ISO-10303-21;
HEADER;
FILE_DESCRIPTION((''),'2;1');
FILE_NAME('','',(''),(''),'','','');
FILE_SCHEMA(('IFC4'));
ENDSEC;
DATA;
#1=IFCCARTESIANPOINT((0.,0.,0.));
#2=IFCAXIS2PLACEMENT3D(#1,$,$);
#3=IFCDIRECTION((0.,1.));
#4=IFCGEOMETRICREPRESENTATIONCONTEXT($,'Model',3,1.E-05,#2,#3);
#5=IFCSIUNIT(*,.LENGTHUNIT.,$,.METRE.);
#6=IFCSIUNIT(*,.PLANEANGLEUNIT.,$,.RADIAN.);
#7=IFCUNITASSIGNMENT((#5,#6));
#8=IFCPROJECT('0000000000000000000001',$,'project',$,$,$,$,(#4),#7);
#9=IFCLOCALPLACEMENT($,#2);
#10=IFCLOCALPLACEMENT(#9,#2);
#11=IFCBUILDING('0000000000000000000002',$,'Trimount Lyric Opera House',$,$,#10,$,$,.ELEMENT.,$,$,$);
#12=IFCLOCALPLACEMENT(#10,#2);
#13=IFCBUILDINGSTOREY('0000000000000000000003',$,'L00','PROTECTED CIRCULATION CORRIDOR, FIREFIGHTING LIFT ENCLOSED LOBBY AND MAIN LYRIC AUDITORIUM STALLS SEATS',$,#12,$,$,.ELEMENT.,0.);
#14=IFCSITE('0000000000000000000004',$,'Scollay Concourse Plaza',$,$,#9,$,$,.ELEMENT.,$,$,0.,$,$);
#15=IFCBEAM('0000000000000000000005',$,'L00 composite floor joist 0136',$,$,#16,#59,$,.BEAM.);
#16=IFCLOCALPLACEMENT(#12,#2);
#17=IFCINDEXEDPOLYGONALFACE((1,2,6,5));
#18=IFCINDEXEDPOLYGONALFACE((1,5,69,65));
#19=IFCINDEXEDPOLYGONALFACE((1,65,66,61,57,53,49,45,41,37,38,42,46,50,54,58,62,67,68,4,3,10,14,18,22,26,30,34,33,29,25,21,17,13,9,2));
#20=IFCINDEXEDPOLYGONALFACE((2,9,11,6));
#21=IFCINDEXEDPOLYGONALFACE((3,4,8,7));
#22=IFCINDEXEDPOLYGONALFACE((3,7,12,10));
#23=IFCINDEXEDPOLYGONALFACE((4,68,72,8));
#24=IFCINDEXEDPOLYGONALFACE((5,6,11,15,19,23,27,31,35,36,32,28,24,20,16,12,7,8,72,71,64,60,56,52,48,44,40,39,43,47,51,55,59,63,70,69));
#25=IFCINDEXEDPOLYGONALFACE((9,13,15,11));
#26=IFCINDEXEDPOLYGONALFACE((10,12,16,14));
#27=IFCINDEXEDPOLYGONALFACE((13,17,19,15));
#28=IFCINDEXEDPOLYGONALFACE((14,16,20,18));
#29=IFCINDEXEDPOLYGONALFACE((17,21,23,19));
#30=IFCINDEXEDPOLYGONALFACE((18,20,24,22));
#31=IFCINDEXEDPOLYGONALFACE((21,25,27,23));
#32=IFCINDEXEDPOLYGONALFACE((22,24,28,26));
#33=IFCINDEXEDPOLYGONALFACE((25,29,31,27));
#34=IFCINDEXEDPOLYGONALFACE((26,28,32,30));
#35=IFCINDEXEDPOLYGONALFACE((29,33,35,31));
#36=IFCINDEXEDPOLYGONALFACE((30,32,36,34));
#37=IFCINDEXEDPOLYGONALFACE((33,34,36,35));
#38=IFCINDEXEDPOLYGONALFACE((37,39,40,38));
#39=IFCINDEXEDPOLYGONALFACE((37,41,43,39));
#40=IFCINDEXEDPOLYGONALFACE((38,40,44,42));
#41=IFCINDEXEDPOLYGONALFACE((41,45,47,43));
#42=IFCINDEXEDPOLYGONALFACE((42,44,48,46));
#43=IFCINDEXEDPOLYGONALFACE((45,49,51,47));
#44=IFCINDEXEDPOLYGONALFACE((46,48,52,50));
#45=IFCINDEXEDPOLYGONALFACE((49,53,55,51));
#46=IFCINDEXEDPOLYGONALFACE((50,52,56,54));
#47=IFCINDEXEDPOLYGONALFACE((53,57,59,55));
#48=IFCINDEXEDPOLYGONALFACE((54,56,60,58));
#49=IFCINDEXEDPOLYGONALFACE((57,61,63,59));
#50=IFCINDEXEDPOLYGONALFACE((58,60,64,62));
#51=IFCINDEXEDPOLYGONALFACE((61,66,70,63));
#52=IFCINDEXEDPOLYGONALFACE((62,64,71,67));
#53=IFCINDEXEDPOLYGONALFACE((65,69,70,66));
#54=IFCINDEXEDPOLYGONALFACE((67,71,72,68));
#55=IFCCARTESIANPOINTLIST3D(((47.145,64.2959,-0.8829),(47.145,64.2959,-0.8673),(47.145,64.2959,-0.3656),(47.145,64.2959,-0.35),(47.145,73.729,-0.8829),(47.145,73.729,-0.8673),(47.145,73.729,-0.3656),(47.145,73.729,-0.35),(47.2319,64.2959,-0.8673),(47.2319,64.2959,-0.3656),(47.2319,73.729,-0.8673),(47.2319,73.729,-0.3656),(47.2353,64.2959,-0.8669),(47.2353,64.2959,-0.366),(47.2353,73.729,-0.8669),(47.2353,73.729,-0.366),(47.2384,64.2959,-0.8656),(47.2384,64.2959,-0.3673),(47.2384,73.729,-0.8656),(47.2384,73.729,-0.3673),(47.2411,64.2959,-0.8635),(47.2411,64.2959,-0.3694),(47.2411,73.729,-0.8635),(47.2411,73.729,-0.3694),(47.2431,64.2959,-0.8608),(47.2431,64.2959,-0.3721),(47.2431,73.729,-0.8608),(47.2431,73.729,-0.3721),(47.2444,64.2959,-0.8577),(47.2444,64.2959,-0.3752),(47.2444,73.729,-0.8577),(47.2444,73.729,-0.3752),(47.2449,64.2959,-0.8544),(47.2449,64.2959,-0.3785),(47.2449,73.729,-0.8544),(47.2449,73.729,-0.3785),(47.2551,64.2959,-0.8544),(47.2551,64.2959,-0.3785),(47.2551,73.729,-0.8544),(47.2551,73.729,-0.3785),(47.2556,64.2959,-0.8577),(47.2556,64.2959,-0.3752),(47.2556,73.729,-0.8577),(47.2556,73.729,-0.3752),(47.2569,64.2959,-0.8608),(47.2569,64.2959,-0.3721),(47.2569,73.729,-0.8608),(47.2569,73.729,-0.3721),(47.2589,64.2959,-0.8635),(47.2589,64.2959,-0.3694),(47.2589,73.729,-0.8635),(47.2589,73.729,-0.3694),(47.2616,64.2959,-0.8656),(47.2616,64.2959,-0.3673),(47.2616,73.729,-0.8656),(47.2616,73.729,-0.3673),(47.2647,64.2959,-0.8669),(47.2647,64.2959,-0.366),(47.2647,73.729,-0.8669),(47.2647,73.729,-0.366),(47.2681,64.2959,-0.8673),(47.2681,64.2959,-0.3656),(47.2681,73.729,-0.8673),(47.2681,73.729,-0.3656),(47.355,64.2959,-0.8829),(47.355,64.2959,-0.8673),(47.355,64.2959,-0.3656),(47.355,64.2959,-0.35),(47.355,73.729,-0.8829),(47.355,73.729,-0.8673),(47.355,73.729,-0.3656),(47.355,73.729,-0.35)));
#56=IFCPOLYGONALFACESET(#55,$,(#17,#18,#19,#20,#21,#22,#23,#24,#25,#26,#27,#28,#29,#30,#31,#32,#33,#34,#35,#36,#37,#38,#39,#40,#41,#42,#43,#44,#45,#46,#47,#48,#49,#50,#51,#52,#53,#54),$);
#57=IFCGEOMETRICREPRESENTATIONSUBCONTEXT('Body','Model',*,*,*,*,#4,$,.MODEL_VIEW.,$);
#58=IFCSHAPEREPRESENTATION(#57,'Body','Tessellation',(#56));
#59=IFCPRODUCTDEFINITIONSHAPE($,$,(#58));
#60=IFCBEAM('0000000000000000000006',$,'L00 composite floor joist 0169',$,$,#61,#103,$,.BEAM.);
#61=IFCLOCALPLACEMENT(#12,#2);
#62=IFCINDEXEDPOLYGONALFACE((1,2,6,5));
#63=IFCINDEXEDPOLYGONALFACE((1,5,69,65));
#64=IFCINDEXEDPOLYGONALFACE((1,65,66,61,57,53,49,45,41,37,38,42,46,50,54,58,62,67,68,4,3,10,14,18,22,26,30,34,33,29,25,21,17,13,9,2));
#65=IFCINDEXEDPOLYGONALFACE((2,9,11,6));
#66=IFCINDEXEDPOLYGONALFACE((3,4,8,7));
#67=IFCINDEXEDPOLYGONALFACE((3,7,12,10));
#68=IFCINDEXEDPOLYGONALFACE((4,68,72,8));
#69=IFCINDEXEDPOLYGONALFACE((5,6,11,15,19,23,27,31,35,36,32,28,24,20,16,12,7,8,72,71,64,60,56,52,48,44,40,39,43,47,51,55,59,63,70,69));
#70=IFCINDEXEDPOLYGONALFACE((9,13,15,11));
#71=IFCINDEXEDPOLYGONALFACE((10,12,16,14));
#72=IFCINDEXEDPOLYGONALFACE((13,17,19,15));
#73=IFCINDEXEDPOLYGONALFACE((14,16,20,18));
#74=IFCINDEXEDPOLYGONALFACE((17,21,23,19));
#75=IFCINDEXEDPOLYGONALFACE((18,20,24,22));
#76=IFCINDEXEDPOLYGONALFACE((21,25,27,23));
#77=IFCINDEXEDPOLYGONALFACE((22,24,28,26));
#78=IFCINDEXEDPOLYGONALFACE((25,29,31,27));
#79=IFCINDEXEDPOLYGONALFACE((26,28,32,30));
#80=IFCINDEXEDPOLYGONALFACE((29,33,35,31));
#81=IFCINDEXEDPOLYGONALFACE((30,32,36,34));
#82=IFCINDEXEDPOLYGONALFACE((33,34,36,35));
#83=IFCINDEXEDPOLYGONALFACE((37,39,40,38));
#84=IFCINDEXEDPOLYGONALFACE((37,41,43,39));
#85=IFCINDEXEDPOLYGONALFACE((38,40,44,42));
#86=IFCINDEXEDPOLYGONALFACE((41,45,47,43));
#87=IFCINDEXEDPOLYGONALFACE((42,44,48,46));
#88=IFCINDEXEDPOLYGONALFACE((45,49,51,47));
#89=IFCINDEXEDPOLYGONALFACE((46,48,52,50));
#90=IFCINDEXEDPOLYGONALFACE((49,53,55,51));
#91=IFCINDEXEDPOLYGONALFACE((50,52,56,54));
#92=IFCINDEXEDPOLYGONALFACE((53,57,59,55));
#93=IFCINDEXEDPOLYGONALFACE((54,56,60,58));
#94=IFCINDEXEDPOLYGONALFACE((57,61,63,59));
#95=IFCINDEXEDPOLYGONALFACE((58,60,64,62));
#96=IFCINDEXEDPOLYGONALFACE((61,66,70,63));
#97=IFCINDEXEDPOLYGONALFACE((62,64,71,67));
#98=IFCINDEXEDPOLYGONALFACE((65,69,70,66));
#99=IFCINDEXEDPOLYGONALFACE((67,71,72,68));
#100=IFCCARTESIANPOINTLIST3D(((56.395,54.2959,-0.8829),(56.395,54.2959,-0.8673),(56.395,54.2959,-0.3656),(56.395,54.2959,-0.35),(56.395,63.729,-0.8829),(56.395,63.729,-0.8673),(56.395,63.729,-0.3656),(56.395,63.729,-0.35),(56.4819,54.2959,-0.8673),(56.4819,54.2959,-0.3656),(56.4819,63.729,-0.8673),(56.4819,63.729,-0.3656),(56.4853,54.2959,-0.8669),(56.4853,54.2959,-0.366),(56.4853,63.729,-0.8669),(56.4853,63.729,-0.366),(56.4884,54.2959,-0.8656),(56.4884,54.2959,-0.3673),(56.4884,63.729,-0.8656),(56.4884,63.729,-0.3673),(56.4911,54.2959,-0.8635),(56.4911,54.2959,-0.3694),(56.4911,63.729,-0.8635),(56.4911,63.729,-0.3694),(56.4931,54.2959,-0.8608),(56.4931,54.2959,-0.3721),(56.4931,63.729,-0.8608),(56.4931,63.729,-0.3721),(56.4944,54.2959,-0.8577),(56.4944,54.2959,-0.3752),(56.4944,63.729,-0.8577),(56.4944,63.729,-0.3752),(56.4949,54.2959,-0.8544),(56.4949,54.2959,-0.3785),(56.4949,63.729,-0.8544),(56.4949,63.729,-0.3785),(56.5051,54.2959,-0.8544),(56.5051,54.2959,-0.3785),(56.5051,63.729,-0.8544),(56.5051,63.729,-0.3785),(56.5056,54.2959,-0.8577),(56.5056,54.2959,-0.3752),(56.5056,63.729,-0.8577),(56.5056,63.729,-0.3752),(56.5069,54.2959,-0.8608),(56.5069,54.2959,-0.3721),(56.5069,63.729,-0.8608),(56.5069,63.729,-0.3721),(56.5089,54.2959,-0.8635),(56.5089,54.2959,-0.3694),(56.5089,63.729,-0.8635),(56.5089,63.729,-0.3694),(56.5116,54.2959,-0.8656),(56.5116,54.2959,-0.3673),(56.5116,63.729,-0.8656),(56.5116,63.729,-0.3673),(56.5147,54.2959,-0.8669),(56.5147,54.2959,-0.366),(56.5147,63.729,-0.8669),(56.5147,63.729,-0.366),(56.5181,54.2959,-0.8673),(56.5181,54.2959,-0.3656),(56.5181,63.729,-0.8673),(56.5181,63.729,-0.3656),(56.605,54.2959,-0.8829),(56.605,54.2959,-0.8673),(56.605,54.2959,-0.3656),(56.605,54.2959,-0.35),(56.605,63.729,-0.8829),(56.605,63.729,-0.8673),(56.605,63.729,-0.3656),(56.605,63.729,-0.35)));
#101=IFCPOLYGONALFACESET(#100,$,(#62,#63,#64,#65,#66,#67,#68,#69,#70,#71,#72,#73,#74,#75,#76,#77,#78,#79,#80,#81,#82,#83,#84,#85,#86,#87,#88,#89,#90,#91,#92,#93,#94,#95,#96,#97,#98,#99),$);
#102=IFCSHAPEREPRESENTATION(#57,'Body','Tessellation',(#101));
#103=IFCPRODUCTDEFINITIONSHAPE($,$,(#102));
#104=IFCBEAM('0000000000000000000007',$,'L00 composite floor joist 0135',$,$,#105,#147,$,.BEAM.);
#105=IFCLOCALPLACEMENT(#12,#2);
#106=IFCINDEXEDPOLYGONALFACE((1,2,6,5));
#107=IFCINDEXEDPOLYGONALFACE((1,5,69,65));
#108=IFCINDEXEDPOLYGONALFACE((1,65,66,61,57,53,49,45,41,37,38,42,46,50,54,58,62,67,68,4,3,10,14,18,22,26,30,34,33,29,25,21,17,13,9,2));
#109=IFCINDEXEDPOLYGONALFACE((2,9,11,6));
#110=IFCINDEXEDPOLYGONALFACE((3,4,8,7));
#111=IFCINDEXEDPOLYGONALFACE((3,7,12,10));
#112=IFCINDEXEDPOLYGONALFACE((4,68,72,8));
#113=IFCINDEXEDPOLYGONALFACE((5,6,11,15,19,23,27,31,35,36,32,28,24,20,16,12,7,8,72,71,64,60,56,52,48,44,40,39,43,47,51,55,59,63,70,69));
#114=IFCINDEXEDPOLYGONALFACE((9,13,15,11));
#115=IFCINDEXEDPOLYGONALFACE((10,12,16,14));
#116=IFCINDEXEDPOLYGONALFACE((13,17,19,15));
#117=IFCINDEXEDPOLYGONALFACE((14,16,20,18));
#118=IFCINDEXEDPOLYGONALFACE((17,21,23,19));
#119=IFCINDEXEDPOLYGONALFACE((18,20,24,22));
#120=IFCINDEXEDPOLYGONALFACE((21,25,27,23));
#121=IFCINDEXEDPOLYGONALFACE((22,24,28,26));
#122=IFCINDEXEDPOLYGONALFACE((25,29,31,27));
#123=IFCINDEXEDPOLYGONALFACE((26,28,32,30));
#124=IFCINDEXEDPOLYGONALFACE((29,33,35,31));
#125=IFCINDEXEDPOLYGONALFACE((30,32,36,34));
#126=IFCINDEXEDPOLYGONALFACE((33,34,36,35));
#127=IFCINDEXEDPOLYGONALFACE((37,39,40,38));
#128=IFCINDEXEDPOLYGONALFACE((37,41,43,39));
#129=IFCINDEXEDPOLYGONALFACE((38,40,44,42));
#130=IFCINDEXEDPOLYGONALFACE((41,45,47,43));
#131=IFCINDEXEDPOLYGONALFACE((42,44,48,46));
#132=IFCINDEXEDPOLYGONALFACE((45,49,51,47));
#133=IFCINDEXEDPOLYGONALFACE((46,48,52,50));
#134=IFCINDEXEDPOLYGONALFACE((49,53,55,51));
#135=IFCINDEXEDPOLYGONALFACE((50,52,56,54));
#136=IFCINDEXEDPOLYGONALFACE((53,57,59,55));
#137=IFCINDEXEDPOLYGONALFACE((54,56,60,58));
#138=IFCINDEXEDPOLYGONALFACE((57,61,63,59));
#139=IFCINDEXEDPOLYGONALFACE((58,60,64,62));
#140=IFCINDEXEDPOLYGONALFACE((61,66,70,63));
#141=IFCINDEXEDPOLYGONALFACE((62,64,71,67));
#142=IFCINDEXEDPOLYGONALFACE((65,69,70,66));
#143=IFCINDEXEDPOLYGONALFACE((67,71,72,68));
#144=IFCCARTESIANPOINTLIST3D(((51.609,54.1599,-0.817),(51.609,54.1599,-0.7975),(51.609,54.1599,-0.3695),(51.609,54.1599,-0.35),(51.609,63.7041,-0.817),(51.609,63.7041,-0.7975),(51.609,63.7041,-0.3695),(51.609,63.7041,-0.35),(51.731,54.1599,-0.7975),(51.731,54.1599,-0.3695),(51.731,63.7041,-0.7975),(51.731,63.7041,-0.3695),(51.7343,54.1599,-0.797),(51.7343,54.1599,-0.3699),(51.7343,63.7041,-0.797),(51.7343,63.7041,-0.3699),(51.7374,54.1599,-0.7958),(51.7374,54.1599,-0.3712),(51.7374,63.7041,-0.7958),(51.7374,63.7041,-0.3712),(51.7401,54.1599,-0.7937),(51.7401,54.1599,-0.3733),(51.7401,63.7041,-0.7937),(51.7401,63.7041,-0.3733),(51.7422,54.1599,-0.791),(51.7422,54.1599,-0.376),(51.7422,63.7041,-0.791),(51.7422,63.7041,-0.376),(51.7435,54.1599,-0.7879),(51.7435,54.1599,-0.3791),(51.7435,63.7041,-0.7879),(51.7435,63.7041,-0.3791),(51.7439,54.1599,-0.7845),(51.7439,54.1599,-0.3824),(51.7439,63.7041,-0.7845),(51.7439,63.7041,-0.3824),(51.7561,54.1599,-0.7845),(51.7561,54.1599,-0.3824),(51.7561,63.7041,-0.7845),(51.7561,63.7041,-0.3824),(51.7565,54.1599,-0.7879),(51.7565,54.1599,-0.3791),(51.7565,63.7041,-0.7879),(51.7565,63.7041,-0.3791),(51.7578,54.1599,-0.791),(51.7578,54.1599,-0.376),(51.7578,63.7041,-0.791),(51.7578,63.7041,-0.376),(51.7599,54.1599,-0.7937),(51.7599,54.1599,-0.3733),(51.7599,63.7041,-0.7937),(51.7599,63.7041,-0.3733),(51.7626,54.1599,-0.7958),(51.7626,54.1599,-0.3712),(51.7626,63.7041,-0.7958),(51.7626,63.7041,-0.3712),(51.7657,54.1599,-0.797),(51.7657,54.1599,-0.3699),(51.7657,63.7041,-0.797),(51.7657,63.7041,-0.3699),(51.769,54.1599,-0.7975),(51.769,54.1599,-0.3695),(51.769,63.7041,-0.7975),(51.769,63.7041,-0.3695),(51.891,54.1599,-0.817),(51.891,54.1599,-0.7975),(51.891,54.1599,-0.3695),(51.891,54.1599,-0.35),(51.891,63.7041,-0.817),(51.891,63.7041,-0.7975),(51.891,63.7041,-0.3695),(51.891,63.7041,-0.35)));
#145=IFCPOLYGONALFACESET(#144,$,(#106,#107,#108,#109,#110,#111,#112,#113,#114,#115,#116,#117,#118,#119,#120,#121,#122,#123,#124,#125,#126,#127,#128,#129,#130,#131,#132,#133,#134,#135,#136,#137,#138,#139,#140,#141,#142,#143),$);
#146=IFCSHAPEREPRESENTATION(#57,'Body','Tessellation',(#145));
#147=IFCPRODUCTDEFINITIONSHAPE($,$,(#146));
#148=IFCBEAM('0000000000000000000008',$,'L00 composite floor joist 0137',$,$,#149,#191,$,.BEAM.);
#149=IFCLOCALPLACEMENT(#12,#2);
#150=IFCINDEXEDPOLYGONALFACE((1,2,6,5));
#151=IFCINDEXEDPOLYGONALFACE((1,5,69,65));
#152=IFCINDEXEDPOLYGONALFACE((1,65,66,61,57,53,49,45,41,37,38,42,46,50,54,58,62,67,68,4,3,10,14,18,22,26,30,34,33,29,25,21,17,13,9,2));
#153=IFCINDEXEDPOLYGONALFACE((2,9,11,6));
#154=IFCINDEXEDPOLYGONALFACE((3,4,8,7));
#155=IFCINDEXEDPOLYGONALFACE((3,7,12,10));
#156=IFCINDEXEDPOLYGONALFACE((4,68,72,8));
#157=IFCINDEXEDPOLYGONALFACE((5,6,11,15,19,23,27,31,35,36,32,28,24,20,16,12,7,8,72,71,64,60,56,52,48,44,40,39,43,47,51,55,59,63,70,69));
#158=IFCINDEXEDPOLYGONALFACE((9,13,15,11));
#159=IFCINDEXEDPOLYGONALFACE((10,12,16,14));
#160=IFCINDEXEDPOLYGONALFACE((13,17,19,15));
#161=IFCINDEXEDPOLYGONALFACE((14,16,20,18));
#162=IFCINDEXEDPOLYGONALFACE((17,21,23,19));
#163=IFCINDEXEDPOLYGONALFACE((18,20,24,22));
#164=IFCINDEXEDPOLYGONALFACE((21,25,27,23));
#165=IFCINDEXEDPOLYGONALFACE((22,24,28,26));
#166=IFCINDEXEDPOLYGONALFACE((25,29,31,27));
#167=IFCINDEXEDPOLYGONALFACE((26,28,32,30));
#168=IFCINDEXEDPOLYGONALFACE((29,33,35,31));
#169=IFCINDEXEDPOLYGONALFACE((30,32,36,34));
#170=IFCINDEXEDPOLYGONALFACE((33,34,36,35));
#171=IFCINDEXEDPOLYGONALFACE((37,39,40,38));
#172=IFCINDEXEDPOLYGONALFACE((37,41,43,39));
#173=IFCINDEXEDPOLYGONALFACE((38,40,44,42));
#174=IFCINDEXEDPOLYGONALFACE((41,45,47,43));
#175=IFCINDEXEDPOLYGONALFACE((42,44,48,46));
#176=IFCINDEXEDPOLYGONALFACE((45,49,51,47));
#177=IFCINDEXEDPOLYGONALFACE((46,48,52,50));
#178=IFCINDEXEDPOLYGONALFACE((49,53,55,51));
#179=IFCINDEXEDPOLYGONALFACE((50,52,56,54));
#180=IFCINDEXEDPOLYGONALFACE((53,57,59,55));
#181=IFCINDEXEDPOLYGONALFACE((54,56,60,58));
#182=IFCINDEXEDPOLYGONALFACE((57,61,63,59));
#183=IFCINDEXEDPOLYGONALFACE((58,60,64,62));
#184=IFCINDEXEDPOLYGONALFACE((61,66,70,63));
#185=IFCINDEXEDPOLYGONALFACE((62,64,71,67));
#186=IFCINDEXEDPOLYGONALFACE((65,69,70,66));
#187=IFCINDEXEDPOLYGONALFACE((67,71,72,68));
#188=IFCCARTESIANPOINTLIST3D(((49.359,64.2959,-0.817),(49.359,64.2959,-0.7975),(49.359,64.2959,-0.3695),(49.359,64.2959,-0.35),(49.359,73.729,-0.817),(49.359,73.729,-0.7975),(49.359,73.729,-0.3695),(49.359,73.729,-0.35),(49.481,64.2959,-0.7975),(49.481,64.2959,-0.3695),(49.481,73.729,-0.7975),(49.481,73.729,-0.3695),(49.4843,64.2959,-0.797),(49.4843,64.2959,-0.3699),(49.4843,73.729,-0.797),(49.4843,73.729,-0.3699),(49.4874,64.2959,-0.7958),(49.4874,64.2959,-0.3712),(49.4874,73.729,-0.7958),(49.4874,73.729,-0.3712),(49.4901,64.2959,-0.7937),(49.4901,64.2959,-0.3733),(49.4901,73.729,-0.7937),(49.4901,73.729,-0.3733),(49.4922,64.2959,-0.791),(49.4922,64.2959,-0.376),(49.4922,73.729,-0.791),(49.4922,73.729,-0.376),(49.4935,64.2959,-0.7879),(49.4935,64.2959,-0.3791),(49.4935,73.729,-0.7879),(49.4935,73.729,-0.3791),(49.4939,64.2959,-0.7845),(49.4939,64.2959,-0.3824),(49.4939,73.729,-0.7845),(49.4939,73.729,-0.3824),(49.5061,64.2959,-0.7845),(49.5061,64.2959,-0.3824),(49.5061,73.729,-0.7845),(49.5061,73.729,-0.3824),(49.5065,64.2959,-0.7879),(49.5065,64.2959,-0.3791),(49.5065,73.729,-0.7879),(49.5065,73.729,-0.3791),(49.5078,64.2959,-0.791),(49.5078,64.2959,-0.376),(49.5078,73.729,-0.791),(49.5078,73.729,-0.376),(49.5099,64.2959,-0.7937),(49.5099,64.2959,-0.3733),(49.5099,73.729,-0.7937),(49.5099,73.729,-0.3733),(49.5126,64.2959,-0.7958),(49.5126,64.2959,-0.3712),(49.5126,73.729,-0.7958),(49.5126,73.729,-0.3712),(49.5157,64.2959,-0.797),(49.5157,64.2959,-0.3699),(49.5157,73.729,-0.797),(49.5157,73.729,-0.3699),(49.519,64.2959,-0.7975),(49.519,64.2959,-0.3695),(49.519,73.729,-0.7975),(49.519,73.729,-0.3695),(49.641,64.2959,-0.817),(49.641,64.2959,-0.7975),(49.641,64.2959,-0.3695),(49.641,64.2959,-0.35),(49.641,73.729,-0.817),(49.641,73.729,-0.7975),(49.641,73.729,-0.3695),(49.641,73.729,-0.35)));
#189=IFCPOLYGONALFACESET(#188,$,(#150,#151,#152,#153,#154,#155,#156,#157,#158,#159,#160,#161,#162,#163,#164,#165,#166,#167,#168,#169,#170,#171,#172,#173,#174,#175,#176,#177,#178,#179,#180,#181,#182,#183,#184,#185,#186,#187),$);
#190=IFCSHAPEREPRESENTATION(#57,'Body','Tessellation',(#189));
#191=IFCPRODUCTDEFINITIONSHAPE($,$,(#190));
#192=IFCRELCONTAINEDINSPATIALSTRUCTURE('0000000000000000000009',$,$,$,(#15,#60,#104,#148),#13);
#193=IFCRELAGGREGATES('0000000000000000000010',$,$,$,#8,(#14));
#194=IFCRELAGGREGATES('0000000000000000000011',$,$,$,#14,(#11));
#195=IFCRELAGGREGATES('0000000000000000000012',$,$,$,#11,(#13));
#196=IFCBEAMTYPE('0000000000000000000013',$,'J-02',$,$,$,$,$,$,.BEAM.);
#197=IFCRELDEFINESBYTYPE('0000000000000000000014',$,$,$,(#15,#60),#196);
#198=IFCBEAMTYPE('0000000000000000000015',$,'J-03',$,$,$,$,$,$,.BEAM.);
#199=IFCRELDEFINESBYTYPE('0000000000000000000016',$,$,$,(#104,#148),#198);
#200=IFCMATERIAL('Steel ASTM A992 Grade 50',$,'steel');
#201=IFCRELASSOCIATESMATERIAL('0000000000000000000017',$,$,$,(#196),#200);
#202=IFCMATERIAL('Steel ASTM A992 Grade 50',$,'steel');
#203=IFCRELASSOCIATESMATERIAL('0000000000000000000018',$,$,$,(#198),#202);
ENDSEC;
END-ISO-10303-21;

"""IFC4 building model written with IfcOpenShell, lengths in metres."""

from ifc_helpers import new_model, si_unit, direction, frame, origin, origin_2d, place, context, subcontext, project, spatial, i_section, extrude, material, material_profile, profile_set, type_object, element, save


model = new_model("IFC4")

# Units and contexts
model_context = context("Model", 3, precision=1e-05, world=origin(), true_north=direction((0.0, 1.0)))
body_context = subcontext(model_context, "Body", "Model", "MODEL_VIEW")
ifc_project = project(units=[si_unit("LENGTHUNIT", "METRE"), si_unit("PLANEANGLEUNIT", "RADIAN")], contexts=[model_context])

# Site, building, storey
site_placement = place(None, origin())
site = spatial("IfcSite", under=ifc_project, at=site_placement, Name="Scollay Concourse Plaza", CompositionType="ELEMENT", RefElevation=0.0)
building_placement = place(site_placement, origin())
building = spatial("IfcBuilding", under=site, at=building_placement, Name="Trimount Lyric Opera House", CompositionType="ELEMENT")
storey_placement = place(building_placement, origin())
storey = spatial("IfcBuildingStorey", under=building, at=storey_placement, Name="L00", Description="PROTECTED CIRCULATION CORRIDOR, FIREFIGHTING LIFT ENCLOSED LOBBY AND MAIN LYRIC AUDITORIUM STALLS SEATS", CompositionType="ELEMENT", Elevation=0.0)

# Beams
ifc_material_1 = material(Name="Steel ASTM A992 Grade 50", Category="steel")
ifc_material_profile_1 = material_profile(ifc_material_1, i_section(OverallWidth=0.21, OverallDepth=0.533, WebThickness=0.0103, FlangeThickness=0.0156, FilletRadius=0.0129, at=origin_2d()), Name="W21X62")
ifc_profile_set_1 = profile_set([ifc_material_profile_1], Name="Steel ASTM A992 Grade 50")
beam_type_1 = type_object("IfcBeamType", Name="J-02", PredefinedType="BEAM", material=ifc_profile_set_1)
for number, where, z_axis, x_axis, name in (
    (1, (47.25, 64.2959, -0.6165), (0.0, 1.0, 0.0), (-1.0, 0.0, 0.0), "L00 composite floor joist 0136"),
    (2, (56.5, 54.2959, -0.6165), (0.0, 1.0, 0.0), (-1.0, 0.0, 0.0), "L00 composite floor joist 0169"),
):
    element("IfcBeam", number, at=place(storey_placement, frame(where, z_axis=z_axis, x_axis=x_axis)), inside=storey, type_object=beam_type_1, Name=name, PredefinedType="BEAM", context=body_context, shape_type="SweptSolid", body=[
        extrude(i_section(OverallWidth=0.21, OverallDepth=0.533, WebThickness=0.0103, FlangeThickness=0.0156, FilletRadius=0.0129, at=origin_2d()), origin(), (0.0, 0.0, 1.0), 9.4331),
    ])
ifc_material_2 = material(Name="Steel ASTM A992 Grade 50", Category="steel")
ifc_material_profile_2 = material_profile(ifc_material_2, i_section(OverallWidth=0.282, OverallDepth=0.467, WebThickness=0.0122, FlangeThickness=0.0195, FilletRadius=0.0129, at=origin_2d()), Name="W18X86")
ifc_profile_set_2 = profile_set([ifc_material_profile_2], Name="Steel ASTM A992 Grade 50")
beam_type_2 = type_object("IfcBeamType", Name="J-03", PredefinedType="BEAM", material=ifc_profile_set_2)
beam_1_placement = place(storey_placement, frame((51.75, 54.1599, -0.5835), z_axis=(0.0, 1.0, 0.0), x_axis=(-1.0, 0.0, 0.0)))
element("IfcBeam", 3, at=beam_1_placement, inside=storey, type_object=beam_type_2, Name="L00 composite floor joist 0135", PredefinedType="BEAM", context=body_context, shape_type="SweptSolid", body=[
    extrude(i_section(OverallWidth=0.282, OverallDepth=0.467, WebThickness=0.0122, FlangeThickness=0.0195, FilletRadius=0.0129, at=origin_2d()), origin(), (0.0, 0.0, 1.0), 9.5442),
])
for number, where, z_axis, x_axis, name in (
    (4, (49.5, 64.2959, -0.5835), (0.0, 1.0, 0.0), (-1.0, 0.0, 0.0), "L00 composite floor joist 0137"),
):
    element("IfcBeam", number, at=place(storey_placement, frame(where, z_axis=z_axis, x_axis=x_axis)), inside=storey, type_object=beam_type_2, Name=name, PredefinedType="BEAM", context=body_context, shape_type="SweptSolid", body=[
        extrude(i_section(OverallWidth=0.282, OverallDepth=0.467, WebThickness=0.0122, FlangeThickness=0.0195, FilletRadius=0.0129, at=origin_2d()), origin(), (0.0, 0.0, 1.0), 9.4331),
    ])

save(model, "model.ifc")
